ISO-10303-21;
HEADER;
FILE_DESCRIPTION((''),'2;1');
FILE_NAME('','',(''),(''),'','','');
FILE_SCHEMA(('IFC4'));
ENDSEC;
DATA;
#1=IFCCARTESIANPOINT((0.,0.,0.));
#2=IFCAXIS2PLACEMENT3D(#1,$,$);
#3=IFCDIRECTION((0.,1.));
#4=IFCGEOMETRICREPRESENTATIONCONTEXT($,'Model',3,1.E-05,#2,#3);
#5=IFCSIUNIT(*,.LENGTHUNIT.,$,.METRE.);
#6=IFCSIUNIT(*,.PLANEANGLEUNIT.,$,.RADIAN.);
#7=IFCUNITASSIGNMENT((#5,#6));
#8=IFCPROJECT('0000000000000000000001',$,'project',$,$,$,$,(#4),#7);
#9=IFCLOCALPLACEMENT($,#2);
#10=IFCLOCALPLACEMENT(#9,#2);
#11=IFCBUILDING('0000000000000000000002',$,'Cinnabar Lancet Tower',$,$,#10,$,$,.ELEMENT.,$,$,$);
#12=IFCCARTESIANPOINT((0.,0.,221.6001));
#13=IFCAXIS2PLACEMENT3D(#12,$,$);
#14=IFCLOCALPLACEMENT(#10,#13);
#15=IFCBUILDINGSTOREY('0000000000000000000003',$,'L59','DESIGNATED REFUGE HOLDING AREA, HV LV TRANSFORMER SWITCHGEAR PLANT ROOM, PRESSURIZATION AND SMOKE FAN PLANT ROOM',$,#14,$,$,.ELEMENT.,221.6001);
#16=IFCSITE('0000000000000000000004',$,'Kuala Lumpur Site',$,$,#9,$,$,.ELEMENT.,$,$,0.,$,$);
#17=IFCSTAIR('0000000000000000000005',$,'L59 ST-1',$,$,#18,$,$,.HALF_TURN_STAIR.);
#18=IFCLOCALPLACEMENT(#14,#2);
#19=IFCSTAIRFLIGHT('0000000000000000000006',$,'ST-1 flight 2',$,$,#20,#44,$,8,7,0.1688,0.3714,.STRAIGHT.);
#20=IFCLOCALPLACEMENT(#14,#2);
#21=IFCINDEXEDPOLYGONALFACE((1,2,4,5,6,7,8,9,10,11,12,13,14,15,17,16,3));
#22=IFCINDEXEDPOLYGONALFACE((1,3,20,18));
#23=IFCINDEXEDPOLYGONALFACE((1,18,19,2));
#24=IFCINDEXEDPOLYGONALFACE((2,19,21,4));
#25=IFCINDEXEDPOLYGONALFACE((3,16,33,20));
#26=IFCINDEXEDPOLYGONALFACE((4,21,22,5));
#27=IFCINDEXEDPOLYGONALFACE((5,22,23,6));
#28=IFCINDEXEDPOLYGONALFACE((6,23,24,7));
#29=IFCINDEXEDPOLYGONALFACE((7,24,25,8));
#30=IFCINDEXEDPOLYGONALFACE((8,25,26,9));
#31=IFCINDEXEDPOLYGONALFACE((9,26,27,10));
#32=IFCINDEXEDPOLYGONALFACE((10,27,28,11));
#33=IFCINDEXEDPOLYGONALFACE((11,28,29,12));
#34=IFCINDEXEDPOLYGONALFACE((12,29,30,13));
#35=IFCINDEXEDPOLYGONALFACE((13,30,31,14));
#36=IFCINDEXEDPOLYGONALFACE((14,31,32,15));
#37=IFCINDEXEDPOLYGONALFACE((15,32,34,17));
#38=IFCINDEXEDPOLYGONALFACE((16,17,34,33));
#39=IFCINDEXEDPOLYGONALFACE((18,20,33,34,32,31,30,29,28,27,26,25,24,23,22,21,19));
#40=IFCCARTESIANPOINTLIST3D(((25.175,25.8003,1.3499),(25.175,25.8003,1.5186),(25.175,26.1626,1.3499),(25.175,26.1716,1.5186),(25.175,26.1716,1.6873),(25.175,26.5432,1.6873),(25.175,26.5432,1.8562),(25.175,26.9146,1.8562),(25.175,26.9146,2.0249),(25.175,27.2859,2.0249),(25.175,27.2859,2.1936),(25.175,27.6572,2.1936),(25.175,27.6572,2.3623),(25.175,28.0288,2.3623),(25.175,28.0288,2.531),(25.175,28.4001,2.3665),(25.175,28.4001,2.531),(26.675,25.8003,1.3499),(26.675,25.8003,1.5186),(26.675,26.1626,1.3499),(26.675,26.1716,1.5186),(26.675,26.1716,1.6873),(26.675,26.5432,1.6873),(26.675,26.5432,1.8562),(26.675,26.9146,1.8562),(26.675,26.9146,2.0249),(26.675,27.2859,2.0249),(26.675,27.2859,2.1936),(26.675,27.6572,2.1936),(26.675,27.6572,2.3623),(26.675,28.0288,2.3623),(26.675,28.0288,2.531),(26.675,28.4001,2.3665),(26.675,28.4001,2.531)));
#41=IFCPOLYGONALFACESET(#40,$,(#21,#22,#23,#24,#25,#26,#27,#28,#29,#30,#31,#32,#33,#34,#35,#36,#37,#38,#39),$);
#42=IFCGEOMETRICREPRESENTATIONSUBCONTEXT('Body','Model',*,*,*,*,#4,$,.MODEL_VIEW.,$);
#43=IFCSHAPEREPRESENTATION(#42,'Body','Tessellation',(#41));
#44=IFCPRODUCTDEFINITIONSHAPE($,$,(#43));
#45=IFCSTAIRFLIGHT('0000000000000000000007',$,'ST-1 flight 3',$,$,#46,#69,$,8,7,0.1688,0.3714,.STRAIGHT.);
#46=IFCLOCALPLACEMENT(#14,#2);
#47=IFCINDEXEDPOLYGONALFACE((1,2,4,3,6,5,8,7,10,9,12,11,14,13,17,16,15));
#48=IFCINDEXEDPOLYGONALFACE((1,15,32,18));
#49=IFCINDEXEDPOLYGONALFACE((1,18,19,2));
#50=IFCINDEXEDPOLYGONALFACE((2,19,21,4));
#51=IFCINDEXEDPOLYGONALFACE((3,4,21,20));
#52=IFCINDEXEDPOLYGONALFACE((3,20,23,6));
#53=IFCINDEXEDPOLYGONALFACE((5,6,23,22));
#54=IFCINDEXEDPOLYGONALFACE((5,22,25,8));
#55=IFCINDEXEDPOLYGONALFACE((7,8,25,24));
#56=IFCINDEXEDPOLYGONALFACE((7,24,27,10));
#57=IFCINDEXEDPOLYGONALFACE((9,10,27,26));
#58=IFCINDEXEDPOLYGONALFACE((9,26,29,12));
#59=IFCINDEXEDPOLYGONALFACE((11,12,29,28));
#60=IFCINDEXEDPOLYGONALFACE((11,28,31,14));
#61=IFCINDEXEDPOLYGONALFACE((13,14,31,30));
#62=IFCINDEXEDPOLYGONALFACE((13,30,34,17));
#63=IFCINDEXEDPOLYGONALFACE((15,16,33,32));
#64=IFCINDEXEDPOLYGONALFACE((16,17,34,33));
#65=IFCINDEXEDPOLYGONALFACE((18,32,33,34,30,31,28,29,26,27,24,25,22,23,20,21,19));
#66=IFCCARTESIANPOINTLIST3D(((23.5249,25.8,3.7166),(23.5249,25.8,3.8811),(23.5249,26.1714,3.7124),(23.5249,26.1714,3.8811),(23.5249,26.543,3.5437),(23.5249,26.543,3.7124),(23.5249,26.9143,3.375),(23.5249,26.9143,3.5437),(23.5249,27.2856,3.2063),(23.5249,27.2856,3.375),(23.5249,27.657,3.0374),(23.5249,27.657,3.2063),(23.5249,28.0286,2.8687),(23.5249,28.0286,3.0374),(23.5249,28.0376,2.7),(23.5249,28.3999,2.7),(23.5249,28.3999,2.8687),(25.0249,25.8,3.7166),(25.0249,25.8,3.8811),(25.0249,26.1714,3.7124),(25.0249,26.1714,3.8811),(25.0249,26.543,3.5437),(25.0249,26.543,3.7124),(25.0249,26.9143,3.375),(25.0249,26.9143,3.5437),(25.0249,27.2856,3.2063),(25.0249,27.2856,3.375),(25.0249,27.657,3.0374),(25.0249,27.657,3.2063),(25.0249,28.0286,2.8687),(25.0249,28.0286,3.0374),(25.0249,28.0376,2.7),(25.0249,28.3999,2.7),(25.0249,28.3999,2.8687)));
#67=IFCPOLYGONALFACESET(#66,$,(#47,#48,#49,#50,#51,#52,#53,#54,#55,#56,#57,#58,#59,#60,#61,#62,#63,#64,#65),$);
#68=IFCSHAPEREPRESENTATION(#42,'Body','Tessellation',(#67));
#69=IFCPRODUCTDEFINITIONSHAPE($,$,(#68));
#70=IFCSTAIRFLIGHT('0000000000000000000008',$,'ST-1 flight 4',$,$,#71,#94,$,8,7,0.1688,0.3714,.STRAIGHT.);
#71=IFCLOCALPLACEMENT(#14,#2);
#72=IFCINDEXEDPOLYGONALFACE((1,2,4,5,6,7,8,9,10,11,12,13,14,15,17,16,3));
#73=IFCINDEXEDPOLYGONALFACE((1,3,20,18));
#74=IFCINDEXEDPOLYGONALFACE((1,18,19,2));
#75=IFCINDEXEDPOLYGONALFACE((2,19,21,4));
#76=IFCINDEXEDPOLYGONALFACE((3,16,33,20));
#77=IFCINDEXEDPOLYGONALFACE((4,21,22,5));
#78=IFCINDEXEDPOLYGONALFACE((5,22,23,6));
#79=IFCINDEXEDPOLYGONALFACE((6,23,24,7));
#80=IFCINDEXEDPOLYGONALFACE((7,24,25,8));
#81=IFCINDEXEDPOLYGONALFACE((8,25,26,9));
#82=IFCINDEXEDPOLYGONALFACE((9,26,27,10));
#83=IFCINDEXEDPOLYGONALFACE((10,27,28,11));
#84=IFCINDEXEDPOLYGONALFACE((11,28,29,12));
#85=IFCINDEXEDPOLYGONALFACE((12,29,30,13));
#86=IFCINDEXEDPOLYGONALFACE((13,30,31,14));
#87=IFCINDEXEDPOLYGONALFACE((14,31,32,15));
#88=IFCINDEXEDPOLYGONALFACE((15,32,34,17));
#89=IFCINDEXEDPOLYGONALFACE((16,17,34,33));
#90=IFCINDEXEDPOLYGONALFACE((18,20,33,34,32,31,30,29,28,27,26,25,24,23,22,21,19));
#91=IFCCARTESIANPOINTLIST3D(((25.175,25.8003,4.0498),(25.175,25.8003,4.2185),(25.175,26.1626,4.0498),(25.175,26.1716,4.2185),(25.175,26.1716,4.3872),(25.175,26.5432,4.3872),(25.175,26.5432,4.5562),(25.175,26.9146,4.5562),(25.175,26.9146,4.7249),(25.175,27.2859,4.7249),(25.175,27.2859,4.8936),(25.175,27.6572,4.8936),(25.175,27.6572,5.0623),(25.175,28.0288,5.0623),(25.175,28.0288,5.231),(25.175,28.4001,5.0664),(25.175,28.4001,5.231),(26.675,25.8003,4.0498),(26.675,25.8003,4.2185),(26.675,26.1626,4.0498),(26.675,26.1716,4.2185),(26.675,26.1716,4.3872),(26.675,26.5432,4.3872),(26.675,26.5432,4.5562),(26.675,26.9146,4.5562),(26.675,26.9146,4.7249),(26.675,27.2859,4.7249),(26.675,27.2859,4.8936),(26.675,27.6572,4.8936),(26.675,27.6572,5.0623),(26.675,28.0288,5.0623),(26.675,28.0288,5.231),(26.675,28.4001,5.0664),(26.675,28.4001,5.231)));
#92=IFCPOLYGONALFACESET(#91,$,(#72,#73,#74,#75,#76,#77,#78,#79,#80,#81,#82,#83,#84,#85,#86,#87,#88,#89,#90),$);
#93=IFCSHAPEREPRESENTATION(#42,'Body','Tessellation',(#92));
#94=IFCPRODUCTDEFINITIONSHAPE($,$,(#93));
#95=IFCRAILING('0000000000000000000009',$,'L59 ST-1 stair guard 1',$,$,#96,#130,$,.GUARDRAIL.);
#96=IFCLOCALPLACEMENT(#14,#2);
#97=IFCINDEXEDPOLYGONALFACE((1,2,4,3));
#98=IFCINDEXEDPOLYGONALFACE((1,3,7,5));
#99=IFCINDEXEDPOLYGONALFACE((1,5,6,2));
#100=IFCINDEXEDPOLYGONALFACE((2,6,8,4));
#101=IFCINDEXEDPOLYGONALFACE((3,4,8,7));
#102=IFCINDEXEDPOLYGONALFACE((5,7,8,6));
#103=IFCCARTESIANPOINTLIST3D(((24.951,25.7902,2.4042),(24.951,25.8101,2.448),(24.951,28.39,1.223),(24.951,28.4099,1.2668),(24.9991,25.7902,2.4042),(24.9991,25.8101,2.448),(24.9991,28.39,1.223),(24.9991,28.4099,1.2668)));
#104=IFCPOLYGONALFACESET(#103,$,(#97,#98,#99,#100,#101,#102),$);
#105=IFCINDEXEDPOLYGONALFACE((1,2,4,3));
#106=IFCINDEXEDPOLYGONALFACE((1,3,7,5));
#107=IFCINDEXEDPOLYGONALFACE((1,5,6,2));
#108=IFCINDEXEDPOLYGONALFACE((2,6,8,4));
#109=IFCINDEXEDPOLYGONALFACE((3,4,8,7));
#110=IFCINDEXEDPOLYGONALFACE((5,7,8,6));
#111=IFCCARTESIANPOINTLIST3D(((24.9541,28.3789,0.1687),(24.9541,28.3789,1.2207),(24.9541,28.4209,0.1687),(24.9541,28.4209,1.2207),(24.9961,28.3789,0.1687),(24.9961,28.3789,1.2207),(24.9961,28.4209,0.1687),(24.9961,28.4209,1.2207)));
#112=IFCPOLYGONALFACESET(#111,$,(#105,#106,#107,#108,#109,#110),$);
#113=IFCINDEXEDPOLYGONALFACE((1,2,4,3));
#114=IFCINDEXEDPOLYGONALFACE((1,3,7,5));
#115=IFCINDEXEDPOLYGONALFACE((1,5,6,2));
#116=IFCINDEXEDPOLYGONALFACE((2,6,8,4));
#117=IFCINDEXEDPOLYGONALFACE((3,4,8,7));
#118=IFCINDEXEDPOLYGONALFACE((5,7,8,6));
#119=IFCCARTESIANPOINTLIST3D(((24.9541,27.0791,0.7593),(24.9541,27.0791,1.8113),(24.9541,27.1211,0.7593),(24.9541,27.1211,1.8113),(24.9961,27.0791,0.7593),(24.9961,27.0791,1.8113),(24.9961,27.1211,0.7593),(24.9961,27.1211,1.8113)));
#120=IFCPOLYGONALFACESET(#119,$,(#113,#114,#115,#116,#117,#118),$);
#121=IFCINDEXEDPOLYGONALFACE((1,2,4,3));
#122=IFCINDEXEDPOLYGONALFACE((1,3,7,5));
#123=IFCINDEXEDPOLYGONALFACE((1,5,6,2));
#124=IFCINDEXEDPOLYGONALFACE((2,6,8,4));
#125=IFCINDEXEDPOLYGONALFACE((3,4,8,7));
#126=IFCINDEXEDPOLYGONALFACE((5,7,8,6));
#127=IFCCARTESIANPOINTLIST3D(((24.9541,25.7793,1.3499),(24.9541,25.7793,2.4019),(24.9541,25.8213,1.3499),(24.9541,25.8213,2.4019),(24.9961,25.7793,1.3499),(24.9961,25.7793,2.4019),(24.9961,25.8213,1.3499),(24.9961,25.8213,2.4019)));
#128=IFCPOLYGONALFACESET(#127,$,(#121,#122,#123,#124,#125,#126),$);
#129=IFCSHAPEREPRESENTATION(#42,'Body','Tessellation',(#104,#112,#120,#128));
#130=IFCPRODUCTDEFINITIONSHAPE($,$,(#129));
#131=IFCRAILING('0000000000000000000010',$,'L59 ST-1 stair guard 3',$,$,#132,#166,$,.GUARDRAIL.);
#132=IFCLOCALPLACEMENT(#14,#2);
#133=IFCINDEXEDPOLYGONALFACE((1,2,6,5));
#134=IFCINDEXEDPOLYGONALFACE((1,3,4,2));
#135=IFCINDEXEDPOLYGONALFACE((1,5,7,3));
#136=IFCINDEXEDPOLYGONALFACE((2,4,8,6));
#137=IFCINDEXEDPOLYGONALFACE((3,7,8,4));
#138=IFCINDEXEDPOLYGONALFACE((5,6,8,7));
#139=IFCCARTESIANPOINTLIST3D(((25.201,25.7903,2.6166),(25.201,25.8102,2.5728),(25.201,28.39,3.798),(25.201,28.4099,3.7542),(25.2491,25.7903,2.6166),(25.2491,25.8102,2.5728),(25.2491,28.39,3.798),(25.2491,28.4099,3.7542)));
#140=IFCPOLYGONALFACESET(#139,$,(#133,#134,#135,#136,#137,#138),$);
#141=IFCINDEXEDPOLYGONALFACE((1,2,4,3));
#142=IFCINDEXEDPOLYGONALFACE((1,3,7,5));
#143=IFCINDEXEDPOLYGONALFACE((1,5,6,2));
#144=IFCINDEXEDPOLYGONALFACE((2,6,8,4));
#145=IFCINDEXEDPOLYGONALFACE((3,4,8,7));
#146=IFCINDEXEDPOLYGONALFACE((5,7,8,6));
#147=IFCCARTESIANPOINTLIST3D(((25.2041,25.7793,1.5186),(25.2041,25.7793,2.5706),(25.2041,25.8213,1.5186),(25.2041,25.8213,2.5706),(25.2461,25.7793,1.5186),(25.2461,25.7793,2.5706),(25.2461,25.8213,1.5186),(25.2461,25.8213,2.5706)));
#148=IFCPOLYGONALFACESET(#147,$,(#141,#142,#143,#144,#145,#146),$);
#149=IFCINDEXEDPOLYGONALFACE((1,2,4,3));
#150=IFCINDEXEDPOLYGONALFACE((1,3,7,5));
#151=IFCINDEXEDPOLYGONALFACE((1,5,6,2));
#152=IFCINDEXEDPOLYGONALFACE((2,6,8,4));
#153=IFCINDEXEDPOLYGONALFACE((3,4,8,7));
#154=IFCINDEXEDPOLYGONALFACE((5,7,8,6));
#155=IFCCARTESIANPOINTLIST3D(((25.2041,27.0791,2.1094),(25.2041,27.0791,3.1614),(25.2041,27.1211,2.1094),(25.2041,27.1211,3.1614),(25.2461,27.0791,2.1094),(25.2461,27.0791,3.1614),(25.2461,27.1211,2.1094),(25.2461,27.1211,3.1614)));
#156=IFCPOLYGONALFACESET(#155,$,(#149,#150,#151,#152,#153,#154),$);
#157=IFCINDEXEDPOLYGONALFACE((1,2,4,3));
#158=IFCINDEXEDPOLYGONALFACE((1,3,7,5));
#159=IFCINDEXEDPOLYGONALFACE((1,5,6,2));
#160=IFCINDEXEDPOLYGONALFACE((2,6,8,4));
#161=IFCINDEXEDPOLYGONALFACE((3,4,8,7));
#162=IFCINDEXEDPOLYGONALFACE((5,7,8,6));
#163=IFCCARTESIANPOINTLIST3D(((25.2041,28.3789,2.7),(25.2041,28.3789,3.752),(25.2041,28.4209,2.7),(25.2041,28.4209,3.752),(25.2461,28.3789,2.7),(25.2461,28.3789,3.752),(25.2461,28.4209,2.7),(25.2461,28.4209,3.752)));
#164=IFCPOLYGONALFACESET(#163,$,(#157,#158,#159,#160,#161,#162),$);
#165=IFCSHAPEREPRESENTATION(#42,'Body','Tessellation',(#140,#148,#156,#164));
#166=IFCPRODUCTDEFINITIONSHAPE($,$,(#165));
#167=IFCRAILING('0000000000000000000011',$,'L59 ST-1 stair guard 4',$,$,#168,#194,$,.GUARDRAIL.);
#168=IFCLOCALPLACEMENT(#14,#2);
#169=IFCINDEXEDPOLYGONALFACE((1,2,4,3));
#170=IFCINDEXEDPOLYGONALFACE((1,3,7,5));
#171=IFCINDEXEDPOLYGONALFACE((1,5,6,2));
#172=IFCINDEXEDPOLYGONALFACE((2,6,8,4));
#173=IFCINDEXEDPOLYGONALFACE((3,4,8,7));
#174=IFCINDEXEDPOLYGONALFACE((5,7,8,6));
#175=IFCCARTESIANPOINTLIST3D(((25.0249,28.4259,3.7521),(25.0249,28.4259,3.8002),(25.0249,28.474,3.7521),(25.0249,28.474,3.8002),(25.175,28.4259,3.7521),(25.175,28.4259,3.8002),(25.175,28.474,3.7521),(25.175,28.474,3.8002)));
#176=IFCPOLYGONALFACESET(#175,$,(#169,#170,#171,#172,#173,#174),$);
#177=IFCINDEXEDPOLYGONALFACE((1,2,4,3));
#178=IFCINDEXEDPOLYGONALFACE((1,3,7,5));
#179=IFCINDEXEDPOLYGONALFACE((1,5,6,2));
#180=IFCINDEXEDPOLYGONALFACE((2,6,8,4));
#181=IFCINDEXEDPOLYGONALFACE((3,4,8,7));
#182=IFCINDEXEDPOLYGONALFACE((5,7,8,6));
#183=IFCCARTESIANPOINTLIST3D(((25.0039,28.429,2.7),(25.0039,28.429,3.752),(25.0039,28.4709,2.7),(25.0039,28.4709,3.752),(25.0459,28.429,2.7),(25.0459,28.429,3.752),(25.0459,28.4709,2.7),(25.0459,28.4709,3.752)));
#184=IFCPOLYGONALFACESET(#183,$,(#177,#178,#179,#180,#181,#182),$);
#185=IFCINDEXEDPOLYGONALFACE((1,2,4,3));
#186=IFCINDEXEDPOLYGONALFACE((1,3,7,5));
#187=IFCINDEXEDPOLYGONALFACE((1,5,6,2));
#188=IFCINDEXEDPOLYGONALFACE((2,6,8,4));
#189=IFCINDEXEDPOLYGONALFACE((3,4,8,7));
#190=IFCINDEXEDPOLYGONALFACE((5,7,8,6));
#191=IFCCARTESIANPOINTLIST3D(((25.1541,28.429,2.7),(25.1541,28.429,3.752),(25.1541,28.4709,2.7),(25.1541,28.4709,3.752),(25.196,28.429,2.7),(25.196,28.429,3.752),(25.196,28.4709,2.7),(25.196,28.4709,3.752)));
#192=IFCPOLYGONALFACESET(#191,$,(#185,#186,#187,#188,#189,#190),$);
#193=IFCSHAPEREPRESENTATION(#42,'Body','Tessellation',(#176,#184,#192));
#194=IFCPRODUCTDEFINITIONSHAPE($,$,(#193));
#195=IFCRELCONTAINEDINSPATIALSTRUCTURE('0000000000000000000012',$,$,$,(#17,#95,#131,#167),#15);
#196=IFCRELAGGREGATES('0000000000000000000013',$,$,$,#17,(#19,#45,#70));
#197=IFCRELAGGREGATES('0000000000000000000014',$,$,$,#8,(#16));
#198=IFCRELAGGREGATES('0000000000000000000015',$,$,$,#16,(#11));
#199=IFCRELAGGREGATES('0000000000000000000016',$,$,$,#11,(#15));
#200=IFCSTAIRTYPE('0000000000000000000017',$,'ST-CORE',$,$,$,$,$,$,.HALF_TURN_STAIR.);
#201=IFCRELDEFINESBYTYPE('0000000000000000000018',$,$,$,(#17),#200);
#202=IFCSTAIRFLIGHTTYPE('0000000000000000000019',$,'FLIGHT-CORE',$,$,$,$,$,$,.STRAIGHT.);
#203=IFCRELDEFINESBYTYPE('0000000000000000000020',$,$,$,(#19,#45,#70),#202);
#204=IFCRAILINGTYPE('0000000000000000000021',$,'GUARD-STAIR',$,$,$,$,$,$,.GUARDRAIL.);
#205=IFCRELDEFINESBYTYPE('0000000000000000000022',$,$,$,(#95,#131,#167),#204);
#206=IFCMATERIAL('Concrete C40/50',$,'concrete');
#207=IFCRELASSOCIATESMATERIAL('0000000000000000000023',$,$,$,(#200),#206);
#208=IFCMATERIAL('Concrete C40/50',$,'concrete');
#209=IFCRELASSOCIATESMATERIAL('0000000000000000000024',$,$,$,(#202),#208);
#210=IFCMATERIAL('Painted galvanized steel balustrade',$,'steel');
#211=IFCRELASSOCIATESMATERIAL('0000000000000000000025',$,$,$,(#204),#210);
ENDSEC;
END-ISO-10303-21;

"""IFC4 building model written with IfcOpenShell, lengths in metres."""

from ifc_helpers import new_model, si_unit, direction, frame, origin, origin_2d, place, context, subcontext, project, spatial, polyline, rectangle, outline, extrude, material, type_object, element, aggregate, save


model = new_model("IFC4")

# Units and contexts
model_context = context("Model", 3, precision=1e-05, world=origin(), true_north=direction((0.0, 1.0)))
body_context = subcontext(model_context, "Body", "Model", "MODEL_VIEW")
ifc_project = project(units=[si_unit("LENGTHUNIT", "METRE"), si_unit("PLANEANGLEUNIT", "RADIAN")], contexts=[model_context])

# Site, building, storey
site_placement = place(None, origin())
site = spatial("IfcSite", under=ifc_project, at=site_placement, Name="Kuala Lumpur Site", CompositionType="ELEMENT", RefElevation=0.0)
building_placement = place(site_placement, origin())
building = spatial("IfcBuilding", under=site, at=building_placement, Name="Cinnabar Lancet Tower", CompositionType="ELEMENT")
storey_placement = place(building_placement, frame((0.0, 0.0, 221.6001)))
storey = spatial("IfcBuildingStorey", under=building, at=storey_placement, Name="L59", Description="DESIGNATED REFUGE HOLDING AREA, HV LV TRANSFORMER SWITCHGEAR PLANT ROOM, PRESSURIZATION AND SMOKE FAN PLANT ROOM", CompositionType="ELEMENT", Elevation=221.6001)

# Stair, stair flights
ifc_material_1 = material(Name="Concrete C40/50", Category="concrete")
stair_type = type_object("IfcStairType", Name="ST-CORE", PredefinedType="HALF_TURN_STAIR", material=ifc_material_1)
stair_placement = place(storey_placement, origin())
stair = element("IfcStair", 1, at=stair_placement, inside=storey, type_object=stair_type, Name="L59 ST-1", PredefinedType="HALF_TURN_STAIR")
ifc_material_2 = material(Name="Concrete C40/50", Category="concrete")
stair_flight_type = type_object("IfcStairFlightType", Name="FLIGHT-CORE", PredefinedType="STRAIGHT", material=ifc_material_2)
stair_flight_1_placement = place(storey_placement, frame((25.925, 25.8003, 1.3499), z_axis=(0.0, 0.0, 1.0), x_axis=(0.0, 1.0, 0.0)))
stair_flight_1 = element("IfcStairFlight", 2, at=stair_flight_1_placement, type_object=stair_flight_type, Name="ST-1 flight 2", NumberOfRisers=8, NumberOfTreads=7, PredefinedType="STRAIGHT", RiserHeight=0.1688, TreadLength=0.3714, context=body_context, shape_type="SweptSolid", body=[
    extrude(outline(polyline([(0.0, 0.0), (0.0, 0.1687), (0.3713, 0.1687), (0.3713, 0.3374), (0.7429, 0.3374), (0.7429, 0.5063), (1.1143, 0.5063), (1.1143, 0.675), (1.4856, 0.675), (1.4856, 0.8438), (1.8569, 0.8438), (1.8569, 1.0125), (2.2285, 1.0125), (2.2285, 1.1812), (2.5999, 1.1812), (2.5999, 1.3501), (2.5999, 1.0166), (0.3623, 0.0), (0.0, 0.0)])), frame((0.0, 0.75, 0.0), z_axis=(0.0, -1.0, 0.0), x_axis=(1.0, 0.0, 0.0)), (0.0, 0.0, 1.0), 1.5),
])
stair_flight_2_placement = place(storey_placement, frame((24.2749, 28.3999, 2.7), z_axis=(0.0, 0.0, 1.0), x_axis=(0.0, -1.0, 0.0)))
stair_flight_2 = element("IfcStairFlight", 3, at=stair_flight_2_placement, type_object=stair_flight_type, Name="ST-1 flight 3", NumberOfRisers=8, NumberOfTreads=7, PredefinedType="STRAIGHT", RiserHeight=0.1688, TreadLength=0.3714, context=body_context, shape_type="SweptSolid", body=[
    extrude(outline(polyline([(0.0, 0.0), (0.0, 0.1687), (0.3713, 0.1687), (0.3713, 0.3374), (0.7429, 0.3374), (0.7429, 0.5063), (1.1143, 0.5063), (1.1143, 0.675), (1.4856, 0.675), (1.4856, 0.8438), (1.8569, 0.8438), (1.8569, 1.0125), (2.2285, 1.0125), (2.2285, 1.1812), (2.5999, 1.1812), (2.5999, 1.3501), (2.5999, 1.0166), (0.3623, 0.0), (0.0, 0.0)])), frame((0.0, 0.75, 0.0), z_axis=(0.0, -1.0, 0.0), x_axis=(1.0, 0.0, 0.0)), (0.0, 0.0, 1.0), 1.5),
])
stair_flight_3_placement = place(storey_placement, frame((25.925, 25.8003, 4.0498), z_axis=(0.0, 0.0, 1.0), x_axis=(0.0, 1.0, 0.0)))
stair_flight_3 = element("IfcStairFlight", 4, at=stair_flight_3_placement, type_object=stair_flight_type, Name="ST-1 flight 4", NumberOfRisers=8, NumberOfTreads=7, PredefinedType="STRAIGHT", RiserHeight=0.1688, TreadLength=0.3714, context=body_context, shape_type="SweptSolid", body=[
    extrude(outline(polyline([(0.0, 0.0), (0.0, 0.1687), (0.3713, 0.1687), (0.3713, 0.3374), (0.7429, 0.3374), (0.7429, 0.5063), (1.1143, 0.5063), (1.1143, 0.675), (1.4856, 0.675), (1.4856, 0.8438), (1.8569, 0.8438), (1.8569, 1.0125), (2.2285, 1.0125), (2.2285, 1.1812), (2.5999, 1.1812), (2.5999, 1.3501), (2.5999, 1.0166), (0.3623, 0.0), (0.0, 0.0)])), frame((0.0, 0.75, 0.0), z_axis=(0.0, -1.0, 0.0), x_axis=(1.0, 0.0, 0.0)), (0.0, 0.0, 1.0), 1.5),
])
aggregate(stair, [stair_flight_1, stair_flight_2, stair_flight_3])

# Railings
ifc_material_3 = material(Name="Painted galvanized steel balustrade", Category="steel")
railing_type_1 = type_object("IfcRailingType", Name="GUARD-STAIR", PredefinedType="GUARDRAIL", material=ifc_material_3)
railing_1_placement = place(storey_placement, frame((24.9751, 28.3999, 0.1687)))
element("IfcRailing", 5, at=railing_1_placement, inside=storey, type_object=railing_type_1, Name="L59 ST-1 stair guard 1", PredefinedType="GUARDRAIL", context=body_context, shape_type="SweptSolid", body=[
    extrude(rectangle(XDim=0.0481, YDim=0.0481, at=origin_2d()), frame((0.0, 0.0, 1.0762), z_axis=(0.0, -0.910431, 0.413661), x_axis=(1.0, 0.0, 0.0)), (0.0, 0.0, 1.0), 2.8555),
    extrude(rectangle(XDim=0.042, YDim=0.042, at=origin_2d()), origin(), (0.0, 0.0, 1.0), 1.052),
    extrude(rectangle(XDim=0.042, YDim=0.042, at=origin_2d()), frame((0.0, -1.2998, 0.5906)), (0.0, 0.0, 1.0), 1.052),
    extrude(rectangle(XDim=0.042, YDim=0.042, at=origin_2d()), frame((0.0, -2.5996, 1.1812)), (0.0, 0.0, 1.0), 1.052),
])
railing_2_placement = place(storey_placement, frame((25.2251, 25.8003, 1.5186)))
element("IfcRailing", 6, at=railing_2_placement, inside=storey, type_object=railing_type_1, Name="L59 ST-1 stair guard 3", PredefinedType="GUARDRAIL", context=body_context, shape_type="SweptSolid", body=[
    extrude(rectangle(XDim=0.0481, YDim=0.0481, at=origin_2d()), frame((0.0, 0.0, 1.0762), z_axis=(0.0, 0.910399, 0.413732), x_axis=(-1.0, 0.0, 0.0)), (0.0, 0.0, 1.0), 2.8555),
    extrude(rectangle(XDim=0.042, YDim=0.042, at=origin_2d()), origin(), (0.0, 0.0, 1.0), 1.052),
    extrude(rectangle(XDim=0.042, YDim=0.042, at=origin_2d()), frame((0.0, 1.2998, 0.5908)), (0.0, 0.0, 1.0), 1.052),
    extrude(rectangle(XDim=0.042, YDim=0.042, at=origin_2d()), frame((0.0, 2.5996, 1.1814)), (0.0, 0.0, 1.0), 1.052),
])
railing_3_placement = place(storey_placement, frame((25.0249, 28.45, 2.7)))
element("IfcRailing", 7, at=railing_3_placement, inside=storey, type_object=railing_type_1, Name="L59 ST-1 stair guard 4", PredefinedType="GUARDRAIL", context=body_context, shape_type="SweptSolid", body=[
    extrude(rectangle(XDim=0.0481, YDim=0.0481, at=origin_2d()), frame((0.0, 0.0, 1.0762), z_axis=(1.0, 0.0, 0.0), x_axis=(0.0, 1.0, 0.0)), (0.0, 0.0, 1.0), 0.1501),
    extrude(rectangle(XDim=0.042, YDim=0.042, at=origin_2d()), origin(), (0.0, 0.0, 1.0), 1.052),
    extrude(rectangle(XDim=0.042, YDim=0.042, at=origin_2d()), frame((0.1501, 0.0, 0.0)), (0.0, 0.0, 1.0), 1.052),
])

save(model, "model.ifc")
